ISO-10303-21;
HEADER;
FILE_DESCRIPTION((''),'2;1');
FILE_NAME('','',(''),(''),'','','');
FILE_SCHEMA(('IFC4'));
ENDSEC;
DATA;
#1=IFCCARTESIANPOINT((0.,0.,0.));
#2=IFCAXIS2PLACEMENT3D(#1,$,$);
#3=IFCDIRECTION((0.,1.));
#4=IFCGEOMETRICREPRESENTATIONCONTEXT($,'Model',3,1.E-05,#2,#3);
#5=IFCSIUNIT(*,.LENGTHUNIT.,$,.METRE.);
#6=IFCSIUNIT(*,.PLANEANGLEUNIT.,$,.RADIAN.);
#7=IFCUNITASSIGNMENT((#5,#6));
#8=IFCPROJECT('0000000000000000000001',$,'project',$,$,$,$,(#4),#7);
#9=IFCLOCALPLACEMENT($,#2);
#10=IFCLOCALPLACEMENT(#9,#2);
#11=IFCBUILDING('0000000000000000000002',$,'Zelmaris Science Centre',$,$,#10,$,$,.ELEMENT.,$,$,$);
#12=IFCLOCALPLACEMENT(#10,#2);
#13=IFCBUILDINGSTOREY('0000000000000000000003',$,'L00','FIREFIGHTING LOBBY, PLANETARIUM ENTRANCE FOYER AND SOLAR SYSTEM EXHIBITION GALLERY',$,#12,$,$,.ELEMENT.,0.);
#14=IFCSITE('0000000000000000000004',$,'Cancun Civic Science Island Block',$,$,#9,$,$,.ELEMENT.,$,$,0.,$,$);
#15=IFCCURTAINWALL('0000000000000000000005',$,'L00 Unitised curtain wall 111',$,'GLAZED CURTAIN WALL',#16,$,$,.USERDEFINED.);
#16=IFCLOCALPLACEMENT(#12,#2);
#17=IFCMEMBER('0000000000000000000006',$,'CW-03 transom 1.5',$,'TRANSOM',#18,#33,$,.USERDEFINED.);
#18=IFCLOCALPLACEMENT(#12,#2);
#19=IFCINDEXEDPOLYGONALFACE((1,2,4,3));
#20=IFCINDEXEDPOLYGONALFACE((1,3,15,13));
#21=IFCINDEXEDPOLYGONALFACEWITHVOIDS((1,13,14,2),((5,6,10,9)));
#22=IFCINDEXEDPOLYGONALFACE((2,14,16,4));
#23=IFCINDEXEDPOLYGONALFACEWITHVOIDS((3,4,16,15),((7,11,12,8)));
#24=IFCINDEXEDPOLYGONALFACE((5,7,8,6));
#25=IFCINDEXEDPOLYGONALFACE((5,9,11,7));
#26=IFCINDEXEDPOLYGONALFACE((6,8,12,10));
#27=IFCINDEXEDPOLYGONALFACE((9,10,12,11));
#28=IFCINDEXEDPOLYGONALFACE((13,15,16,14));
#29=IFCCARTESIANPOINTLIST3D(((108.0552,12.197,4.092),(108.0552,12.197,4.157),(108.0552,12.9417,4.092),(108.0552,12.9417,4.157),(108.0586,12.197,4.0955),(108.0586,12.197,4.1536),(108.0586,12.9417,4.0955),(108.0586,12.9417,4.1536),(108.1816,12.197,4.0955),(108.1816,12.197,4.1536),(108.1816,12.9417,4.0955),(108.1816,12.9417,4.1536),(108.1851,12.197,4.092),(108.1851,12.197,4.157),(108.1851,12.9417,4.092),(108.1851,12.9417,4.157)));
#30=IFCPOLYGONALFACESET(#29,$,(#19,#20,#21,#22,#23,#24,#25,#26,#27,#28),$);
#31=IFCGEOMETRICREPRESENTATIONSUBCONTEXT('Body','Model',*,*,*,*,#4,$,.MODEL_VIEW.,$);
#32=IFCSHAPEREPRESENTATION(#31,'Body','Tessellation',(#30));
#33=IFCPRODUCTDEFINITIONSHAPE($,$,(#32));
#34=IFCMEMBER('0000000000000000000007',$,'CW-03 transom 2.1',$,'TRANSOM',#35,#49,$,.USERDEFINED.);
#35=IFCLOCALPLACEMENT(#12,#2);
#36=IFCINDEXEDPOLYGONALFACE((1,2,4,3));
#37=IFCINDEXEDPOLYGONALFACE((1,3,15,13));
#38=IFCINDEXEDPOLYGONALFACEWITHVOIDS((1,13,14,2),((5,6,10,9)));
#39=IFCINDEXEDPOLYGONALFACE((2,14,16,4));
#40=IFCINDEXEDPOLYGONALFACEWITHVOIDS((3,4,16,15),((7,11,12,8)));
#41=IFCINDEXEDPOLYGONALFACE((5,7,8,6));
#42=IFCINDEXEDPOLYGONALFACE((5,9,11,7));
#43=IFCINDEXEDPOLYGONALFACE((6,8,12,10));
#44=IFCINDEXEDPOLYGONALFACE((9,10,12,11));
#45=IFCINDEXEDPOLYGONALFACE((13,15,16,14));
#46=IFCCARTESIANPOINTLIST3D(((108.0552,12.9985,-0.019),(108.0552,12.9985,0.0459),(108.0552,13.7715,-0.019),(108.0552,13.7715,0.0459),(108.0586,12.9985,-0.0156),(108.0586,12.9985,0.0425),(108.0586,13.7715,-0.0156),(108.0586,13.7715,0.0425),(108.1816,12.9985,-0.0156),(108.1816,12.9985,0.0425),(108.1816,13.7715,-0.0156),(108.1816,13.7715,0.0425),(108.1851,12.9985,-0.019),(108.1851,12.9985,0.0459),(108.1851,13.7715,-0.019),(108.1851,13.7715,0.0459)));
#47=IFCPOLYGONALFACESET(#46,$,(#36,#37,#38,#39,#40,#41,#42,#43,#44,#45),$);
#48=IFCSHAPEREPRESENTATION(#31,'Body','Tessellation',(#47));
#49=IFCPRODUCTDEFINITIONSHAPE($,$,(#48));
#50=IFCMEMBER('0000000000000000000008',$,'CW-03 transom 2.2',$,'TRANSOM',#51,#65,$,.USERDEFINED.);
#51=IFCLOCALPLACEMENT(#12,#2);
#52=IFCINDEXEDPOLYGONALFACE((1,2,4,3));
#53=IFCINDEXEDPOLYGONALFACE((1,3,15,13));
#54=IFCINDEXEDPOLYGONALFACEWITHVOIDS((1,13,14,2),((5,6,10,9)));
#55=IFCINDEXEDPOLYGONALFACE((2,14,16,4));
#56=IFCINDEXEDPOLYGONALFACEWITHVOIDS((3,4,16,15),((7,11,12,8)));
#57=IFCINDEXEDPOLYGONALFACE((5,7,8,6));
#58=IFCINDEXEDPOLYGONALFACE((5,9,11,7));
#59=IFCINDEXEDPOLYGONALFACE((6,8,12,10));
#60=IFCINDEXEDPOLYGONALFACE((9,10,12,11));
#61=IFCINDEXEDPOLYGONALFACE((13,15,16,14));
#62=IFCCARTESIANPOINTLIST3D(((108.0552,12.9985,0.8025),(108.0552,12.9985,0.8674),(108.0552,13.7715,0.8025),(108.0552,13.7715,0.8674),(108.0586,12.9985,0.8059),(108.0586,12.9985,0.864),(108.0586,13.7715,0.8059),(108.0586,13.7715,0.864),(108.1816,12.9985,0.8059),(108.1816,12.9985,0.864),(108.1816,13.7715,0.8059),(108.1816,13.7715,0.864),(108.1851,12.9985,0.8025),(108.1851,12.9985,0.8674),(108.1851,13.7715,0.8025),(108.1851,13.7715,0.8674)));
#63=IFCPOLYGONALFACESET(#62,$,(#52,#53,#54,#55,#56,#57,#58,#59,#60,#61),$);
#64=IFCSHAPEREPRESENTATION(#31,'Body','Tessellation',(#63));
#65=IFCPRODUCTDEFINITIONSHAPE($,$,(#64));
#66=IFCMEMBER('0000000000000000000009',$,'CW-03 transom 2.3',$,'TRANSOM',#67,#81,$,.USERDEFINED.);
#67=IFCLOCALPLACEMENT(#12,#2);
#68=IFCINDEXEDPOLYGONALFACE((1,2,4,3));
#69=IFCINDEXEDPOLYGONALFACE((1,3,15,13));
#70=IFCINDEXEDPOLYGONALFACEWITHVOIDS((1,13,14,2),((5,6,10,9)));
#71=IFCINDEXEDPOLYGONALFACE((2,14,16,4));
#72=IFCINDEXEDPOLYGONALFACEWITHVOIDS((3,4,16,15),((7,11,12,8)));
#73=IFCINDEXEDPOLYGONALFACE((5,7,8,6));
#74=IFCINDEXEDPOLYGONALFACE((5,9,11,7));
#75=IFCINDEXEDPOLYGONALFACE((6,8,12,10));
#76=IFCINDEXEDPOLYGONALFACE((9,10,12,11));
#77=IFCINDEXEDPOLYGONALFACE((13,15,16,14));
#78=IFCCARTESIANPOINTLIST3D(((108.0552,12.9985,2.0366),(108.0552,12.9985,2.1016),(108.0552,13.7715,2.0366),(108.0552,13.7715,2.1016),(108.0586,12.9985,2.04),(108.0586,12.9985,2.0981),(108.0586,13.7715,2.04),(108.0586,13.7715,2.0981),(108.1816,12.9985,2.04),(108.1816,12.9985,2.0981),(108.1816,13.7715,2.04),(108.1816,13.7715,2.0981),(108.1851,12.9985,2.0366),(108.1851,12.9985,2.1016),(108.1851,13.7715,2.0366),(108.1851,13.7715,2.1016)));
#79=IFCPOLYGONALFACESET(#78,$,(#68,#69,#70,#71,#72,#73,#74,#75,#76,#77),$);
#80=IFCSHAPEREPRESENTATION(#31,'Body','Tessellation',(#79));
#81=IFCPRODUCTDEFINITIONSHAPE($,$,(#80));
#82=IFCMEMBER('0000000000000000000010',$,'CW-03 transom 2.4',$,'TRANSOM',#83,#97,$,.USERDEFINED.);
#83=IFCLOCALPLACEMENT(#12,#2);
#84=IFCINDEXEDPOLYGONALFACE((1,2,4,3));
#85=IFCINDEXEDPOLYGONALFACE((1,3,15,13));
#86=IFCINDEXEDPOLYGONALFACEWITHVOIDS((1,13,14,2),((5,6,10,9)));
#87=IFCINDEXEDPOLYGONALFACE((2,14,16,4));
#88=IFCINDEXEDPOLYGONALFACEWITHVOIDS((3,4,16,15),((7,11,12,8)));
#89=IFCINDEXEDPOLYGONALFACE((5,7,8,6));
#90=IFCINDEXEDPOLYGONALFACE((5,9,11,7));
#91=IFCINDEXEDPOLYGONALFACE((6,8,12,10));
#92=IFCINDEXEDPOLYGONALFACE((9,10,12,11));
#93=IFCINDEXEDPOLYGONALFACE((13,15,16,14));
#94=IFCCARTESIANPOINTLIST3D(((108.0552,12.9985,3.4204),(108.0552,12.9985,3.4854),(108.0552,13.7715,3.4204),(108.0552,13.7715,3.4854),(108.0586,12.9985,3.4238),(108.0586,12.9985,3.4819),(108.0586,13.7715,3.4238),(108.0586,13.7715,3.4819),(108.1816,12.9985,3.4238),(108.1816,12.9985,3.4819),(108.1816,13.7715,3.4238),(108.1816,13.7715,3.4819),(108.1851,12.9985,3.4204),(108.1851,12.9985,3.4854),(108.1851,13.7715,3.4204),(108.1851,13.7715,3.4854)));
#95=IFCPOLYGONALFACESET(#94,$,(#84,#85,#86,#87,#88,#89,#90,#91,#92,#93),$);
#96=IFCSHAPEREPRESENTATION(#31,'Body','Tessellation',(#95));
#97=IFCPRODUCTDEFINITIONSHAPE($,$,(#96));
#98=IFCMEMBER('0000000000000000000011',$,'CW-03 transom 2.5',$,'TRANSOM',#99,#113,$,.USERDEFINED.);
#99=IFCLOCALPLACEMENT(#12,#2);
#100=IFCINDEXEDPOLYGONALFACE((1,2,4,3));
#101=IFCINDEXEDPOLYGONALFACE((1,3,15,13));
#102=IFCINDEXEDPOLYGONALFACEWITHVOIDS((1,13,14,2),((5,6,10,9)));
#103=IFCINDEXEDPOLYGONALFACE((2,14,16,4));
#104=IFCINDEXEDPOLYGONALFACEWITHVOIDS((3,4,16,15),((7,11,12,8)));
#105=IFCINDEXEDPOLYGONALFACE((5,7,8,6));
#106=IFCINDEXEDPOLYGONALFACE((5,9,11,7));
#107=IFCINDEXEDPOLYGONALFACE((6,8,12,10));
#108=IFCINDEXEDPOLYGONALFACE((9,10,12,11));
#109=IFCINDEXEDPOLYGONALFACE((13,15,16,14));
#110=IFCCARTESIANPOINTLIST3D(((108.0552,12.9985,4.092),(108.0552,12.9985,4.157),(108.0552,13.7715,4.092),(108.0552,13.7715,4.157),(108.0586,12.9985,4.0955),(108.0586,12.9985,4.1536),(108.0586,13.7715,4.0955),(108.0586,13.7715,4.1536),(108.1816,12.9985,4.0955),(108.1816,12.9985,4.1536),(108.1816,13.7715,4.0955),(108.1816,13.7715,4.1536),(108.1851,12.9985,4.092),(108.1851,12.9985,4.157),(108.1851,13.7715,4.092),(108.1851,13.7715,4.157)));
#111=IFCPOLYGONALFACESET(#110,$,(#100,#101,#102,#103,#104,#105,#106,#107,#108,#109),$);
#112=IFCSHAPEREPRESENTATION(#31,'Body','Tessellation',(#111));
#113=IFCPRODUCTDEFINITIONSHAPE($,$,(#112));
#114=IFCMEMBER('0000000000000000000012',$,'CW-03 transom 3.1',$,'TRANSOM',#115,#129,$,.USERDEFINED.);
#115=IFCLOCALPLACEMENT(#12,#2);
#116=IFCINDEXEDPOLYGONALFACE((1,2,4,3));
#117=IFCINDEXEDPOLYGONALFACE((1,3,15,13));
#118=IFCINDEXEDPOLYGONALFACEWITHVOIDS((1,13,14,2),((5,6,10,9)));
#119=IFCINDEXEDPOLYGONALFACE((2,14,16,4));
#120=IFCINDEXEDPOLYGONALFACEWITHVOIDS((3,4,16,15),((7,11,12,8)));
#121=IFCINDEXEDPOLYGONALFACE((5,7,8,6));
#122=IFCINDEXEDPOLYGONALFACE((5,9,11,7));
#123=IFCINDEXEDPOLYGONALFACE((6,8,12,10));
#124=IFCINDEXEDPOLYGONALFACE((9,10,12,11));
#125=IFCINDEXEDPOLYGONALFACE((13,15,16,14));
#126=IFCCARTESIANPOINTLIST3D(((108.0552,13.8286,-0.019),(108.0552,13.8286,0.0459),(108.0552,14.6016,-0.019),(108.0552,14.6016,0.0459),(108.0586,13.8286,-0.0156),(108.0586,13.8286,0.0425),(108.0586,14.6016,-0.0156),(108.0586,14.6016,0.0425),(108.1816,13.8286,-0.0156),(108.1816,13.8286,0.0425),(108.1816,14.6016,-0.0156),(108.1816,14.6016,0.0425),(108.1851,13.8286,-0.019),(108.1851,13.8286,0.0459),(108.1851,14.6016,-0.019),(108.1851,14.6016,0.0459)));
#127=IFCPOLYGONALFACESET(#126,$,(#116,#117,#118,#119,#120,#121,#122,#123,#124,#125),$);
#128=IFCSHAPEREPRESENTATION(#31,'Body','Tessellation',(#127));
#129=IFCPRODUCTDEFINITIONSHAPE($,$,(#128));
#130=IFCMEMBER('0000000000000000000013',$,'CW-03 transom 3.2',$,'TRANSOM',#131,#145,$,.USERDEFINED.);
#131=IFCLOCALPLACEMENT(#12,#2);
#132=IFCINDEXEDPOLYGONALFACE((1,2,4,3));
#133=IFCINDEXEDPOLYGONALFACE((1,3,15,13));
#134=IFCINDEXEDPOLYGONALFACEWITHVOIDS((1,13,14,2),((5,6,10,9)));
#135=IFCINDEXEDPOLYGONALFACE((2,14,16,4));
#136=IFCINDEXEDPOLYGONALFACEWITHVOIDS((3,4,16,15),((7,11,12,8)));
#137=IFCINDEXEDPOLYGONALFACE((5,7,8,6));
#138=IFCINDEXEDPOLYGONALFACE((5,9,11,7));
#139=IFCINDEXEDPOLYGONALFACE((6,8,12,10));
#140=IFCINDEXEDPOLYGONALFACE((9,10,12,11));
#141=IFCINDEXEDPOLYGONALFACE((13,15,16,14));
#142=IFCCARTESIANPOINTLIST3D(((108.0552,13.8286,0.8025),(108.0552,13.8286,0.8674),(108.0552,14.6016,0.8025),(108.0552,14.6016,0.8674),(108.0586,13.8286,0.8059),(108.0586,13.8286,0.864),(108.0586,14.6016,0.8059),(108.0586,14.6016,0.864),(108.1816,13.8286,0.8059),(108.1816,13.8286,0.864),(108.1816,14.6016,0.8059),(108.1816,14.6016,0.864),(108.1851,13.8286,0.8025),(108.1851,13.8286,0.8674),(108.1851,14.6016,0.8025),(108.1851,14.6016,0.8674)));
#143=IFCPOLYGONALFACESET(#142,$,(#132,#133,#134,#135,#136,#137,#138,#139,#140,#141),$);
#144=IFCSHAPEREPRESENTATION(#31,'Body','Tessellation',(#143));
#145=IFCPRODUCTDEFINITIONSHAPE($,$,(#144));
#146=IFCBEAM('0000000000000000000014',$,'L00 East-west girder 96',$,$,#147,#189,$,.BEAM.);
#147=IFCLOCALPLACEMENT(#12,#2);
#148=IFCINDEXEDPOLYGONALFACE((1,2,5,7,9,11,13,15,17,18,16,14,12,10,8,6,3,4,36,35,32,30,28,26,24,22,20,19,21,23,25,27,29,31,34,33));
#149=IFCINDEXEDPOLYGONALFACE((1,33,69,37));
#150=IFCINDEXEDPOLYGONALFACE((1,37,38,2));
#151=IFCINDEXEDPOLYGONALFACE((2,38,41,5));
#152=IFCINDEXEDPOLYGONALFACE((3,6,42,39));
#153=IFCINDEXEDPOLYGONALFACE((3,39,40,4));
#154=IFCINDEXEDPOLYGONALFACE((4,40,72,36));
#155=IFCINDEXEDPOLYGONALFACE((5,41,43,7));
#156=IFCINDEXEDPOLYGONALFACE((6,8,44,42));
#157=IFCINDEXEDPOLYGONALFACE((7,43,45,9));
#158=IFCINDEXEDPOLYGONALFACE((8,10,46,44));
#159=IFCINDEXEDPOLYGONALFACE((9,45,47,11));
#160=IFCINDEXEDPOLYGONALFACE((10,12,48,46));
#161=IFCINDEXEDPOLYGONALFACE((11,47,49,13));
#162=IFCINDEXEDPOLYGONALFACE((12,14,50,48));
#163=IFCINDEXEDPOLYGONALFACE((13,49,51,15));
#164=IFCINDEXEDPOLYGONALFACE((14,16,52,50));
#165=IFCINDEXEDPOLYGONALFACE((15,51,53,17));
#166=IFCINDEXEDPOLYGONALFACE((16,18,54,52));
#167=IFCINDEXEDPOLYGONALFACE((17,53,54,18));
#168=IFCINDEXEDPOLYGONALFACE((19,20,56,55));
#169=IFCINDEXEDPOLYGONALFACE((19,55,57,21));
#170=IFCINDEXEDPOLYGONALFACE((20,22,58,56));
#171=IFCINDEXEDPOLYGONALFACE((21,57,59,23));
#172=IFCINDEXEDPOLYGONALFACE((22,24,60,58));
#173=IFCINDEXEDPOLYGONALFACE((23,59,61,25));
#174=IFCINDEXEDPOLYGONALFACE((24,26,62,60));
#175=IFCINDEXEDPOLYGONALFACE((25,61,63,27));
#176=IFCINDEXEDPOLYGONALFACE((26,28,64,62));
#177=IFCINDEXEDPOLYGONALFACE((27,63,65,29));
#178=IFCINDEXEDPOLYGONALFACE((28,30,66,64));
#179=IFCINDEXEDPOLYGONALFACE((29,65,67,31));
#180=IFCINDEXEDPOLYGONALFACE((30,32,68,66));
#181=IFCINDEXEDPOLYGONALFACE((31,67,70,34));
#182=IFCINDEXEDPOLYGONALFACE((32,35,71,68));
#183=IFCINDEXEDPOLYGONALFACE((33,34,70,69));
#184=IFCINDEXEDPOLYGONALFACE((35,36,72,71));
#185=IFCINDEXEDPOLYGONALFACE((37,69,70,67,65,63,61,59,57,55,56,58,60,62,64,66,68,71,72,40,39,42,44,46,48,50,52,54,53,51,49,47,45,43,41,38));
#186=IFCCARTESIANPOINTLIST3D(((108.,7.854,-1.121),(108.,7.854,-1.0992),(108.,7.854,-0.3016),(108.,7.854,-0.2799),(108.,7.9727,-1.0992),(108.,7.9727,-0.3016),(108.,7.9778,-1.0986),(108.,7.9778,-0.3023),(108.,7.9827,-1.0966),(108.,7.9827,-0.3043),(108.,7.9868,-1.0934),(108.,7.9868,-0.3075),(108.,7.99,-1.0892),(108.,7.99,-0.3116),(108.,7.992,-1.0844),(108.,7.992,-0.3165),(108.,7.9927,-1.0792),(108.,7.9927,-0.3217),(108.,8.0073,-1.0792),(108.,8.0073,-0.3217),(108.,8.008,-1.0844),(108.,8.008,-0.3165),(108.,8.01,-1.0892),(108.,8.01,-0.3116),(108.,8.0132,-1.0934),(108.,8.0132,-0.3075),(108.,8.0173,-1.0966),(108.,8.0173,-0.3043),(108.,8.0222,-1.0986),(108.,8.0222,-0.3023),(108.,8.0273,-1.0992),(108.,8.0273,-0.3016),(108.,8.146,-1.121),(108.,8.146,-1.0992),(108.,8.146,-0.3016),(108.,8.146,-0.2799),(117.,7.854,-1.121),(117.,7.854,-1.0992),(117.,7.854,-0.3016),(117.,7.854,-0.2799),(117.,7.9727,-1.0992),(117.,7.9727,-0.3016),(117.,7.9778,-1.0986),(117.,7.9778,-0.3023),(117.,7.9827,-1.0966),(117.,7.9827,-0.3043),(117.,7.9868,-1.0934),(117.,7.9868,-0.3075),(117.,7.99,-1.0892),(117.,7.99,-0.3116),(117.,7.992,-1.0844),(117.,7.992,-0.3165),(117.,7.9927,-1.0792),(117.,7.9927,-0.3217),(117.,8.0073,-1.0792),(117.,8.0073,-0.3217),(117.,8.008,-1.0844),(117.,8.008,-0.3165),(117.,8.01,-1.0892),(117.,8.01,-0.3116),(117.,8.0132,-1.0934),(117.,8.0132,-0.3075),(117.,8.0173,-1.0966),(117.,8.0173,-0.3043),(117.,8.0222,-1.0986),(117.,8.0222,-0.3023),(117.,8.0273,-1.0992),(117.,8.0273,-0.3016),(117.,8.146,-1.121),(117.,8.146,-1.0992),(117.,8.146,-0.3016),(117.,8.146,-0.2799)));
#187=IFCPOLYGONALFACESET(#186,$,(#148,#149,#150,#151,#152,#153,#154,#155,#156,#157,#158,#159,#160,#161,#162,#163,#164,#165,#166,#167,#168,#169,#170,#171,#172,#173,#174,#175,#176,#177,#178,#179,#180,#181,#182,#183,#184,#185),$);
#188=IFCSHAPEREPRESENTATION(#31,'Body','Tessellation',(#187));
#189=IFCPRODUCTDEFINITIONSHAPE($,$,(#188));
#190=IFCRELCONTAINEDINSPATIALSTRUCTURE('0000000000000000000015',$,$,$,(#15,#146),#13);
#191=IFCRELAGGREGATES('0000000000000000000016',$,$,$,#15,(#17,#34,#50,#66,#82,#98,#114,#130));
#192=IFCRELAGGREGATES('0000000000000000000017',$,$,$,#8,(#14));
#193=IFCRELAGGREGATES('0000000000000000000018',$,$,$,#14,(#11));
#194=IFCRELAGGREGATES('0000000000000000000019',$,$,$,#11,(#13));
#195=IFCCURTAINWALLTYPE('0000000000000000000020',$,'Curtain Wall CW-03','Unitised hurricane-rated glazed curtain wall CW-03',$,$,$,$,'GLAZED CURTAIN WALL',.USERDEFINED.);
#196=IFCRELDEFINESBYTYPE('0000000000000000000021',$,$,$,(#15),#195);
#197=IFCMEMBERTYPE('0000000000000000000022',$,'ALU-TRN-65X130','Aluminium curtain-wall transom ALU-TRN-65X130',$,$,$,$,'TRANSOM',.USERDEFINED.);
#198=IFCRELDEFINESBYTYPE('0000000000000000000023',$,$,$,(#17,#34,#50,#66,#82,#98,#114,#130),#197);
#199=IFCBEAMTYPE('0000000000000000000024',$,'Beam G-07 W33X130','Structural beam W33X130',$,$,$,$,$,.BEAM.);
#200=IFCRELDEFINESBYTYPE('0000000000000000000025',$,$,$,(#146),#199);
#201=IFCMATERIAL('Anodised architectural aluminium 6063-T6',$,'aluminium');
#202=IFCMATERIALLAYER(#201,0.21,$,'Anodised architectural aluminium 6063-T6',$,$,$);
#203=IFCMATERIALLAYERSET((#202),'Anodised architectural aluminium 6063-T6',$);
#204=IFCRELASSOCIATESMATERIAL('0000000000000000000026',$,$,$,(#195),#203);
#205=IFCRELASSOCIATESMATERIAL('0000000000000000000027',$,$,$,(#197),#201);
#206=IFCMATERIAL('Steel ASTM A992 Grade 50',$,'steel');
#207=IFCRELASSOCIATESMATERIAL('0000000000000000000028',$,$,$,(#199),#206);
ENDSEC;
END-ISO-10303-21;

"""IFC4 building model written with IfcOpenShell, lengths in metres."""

from ifc_helpers import new_model, si_unit, direction, frame, origin, origin_2d, place, context, subcontext, project, spatial, hollow_rectangle, i_section, extrude, material, layer, layer_set, material_profile, profile_set, type_object, element, aggregate, save


model = new_model("IFC4")

# Units and contexts
model_context = context("Model", 3, precision=1e-05, world=origin(), true_north=direction((0.0, 1.0)))
body_context = subcontext(model_context, "Body", "Model", "MODEL_VIEW")
ifc_project = project(units=[si_unit("LENGTHUNIT", "METRE"), si_unit("PLANEANGLEUNIT", "RADIAN")], contexts=[model_context])

# Site, building, storey
site_placement = place(None, origin())
site = spatial("IfcSite", under=ifc_project, at=site_placement, Name="Cancun Civic Science Island Block", CompositionType="ELEMENT", RefElevation=0.0)
building_placement = place(site_placement, origin())
building = spatial("IfcBuilding", under=site, at=building_placement, Name="Zelmaris Science Centre", CompositionType="ELEMENT")
storey_placement = place(building_placement, origin())
storey = spatial("IfcBuildingStorey", under=building, at=storey_placement, Name="L00", Description="FIREFIGHTING LOBBY, PLANETARIUM ENTRANCE FOYER AND SOLAR SYSTEM EXHIBITION GALLERY", CompositionType="ELEMENT", Elevation=0.0)

# Curtain wall
ifc_material_1 = material(Name="Anodised architectural aluminium 6063-T6", Category="aluminium")
ifc_layer_1 = layer(ifc_material_1, 0.21, Name="Anodised architectural aluminium 6063-T6")
ifc_layer_set_1 = layer_set([ifc_layer_1], Name="Anodised architectural aluminium 6063-T6")
curtain_wall_type_1 = type_object("IfcCurtainWallType", Name="Curtain Wall CW-03", Description="Unitised hurricane-rated glazed curtain wall CW-03", ElementType="GLAZED CURTAIN WALL", PredefinedType="USERDEFINED", material=ifc_layer_set_1)
curtain_wall_1_placement = place(storey_placement, origin())
curtain_wall_1 = element("IfcCurtainWall", 1, at=curtain_wall_1_placement, inside=storey, type_object=curtain_wall_type_1, Name="L00 Unitised curtain wall 111", ObjectType="GLAZED CURTAIN WALL", PredefinedType="USERDEFINED")

# Members
ifc_material_profile_1 = material_profile(ifc_material_1, hollow_rectangle(XDim=0.0649, YDim=0.1299, WallThickness=0.0034, at=origin_2d()), Name="ALU-TRN-65X130")
ifc_profile_set_1 = profile_set([ifc_material_profile_1], Name="Anodised architectural aluminium 6063-T6")
member_type_1 = type_object("IfcMemberType", Name="ALU-TRN-65X130", Description="Aluminium curtain-wall transom ALU-TRN-65X130", ElementType="TRANSOM", PredefinedType="USERDEFINED", material=ifc_profile_set_1)
member_1_placement = place(storey_placement, frame((108.1201, 12.197, 4.1245), z_axis=(0.0, 1.0, 0.0), x_axis=(0.0, 0.0, 1.0)))
member_1 = element("IfcMember", 2, at=member_1_placement, type_object=member_type_1, Name="CW-03 transom 1.5", ObjectType="TRANSOM", PredefinedType="USERDEFINED", context=body_context, shape_type="SweptSolid", body=[
    extrude(hollow_rectangle(XDim=0.0649, YDim=0.1299, WallThickness=0.0034, at=origin_2d()), origin(), (0.0, 0.0, 1.0), 0.7446),
])
member_2_placement = place(storey_placement, frame((108.1201, 12.9985, 0.0134), z_axis=(0.0, 1.0, 0.0), x_axis=(0.0, 0.0, 1.0)))
member_2 = element("IfcMember", 3, at=member_2_placement, type_object=member_type_1, Name="CW-03 transom 2.1", ObjectType="TRANSOM", PredefinedType="USERDEFINED", context=body_context, shape_type="SweptSolid", body=[
    extrude(hollow_rectangle(XDim=0.0649, YDim=0.1299, WallThickness=0.0034, at=origin_2d()), origin(), (0.0, 0.0, 1.0), 0.7729),
])
member_3_placement = place(storey_placement, frame((108.1201, 12.9985, 0.835), z_axis=(0.0, 1.0, 0.0), x_axis=(0.0, 0.0, 1.0)))
member_3 = element("IfcMember", 4, at=member_3_placement, type_object=member_type_1, Name="CW-03 transom 2.2", ObjectType="TRANSOM", PredefinedType="USERDEFINED", context=body_context, shape_type="SweptSolid", body=[
    extrude(hollow_rectangle(XDim=0.0649, YDim=0.1299, WallThickness=0.0034, at=origin_2d()), origin(), (0.0, 0.0, 1.0), 0.7729),
])
member_4_placement = place(storey_placement, frame((108.1201, 12.9985, 2.0691), z_axis=(0.0, 1.0, 0.0), x_axis=(0.0, 0.0, 1.0)))
member_4 = element("IfcMember", 5, at=member_4_placement, type_object=member_type_1, Name="CW-03 transom 2.3", ObjectType="TRANSOM", PredefinedType="USERDEFINED", context=body_context, shape_type="SweptSolid", body=[
    extrude(hollow_rectangle(XDim=0.0649, YDim=0.1299, WallThickness=0.0034, at=origin_2d()), origin(), (0.0, 0.0, 1.0), 0.7729),
])
member_5_placement = place(storey_placement, frame((108.1201, 12.9985, 3.4529), z_axis=(0.0, 1.0, 0.0), x_axis=(0.0, 0.0, 1.0)))
member_5 = element("IfcMember", 6, at=member_5_placement, type_object=member_type_1, Name="CW-03 transom 2.4", ObjectType="TRANSOM", PredefinedType="USERDEFINED", context=body_context, shape_type="SweptSolid", body=[
    extrude(hollow_rectangle(XDim=0.0649, YDim=0.1299, WallThickness=0.0034, at=origin_2d()), origin(), (0.0, 0.0, 1.0), 0.7729),
])
member_6_placement = place(storey_placement, frame((108.1201, 12.9985, 4.1245), z_axis=(0.0, 1.0, 0.0), x_axis=(0.0, 0.0, 1.0)))
member_6 = element("IfcMember", 7, at=member_6_placement, type_object=member_type_1, Name="CW-03 transom 2.5", ObjectType="TRANSOM", PredefinedType="USERDEFINED", context=body_context, shape_type="SweptSolid", body=[
    extrude(hollow_rectangle(XDim=0.0649, YDim=0.1299, WallThickness=0.0034, at=origin_2d()), origin(), (0.0, 0.0, 1.0), 0.7729),
])
member_7_placement = place(storey_placement, frame((108.1201, 13.8286, 0.0134), z_axis=(0.0, 1.0, 0.0), x_axis=(0.0, 0.0, 1.0)))
member_7 = element("IfcMember", 8, at=member_7_placement, type_object=member_type_1, Name="CW-03 transom 3.1", ObjectType="TRANSOM", PredefinedType="USERDEFINED", context=body_context, shape_type="SweptSolid", body=[
    extrude(hollow_rectangle(XDim=0.0649, YDim=0.1299, WallThickness=0.0034, at=origin_2d()), origin(), (0.0, 0.0, 1.0), 0.7729),
])
member_8_placement = place(storey_placement, frame((108.1201, 13.8286, 0.835), z_axis=(0.0, 1.0, 0.0), x_axis=(0.0, 0.0, 1.0)))
member_8 = element("IfcMember", 9, at=member_8_placement, type_object=member_type_1, Name="CW-03 transom 3.2", ObjectType="TRANSOM", PredefinedType="USERDEFINED", context=body_context, shape_type="SweptSolid", body=[
    extrude(hollow_rectangle(XDim=0.0649, YDim=0.1299, WallThickness=0.0034, at=origin_2d()), origin(), (0.0, 0.0, 1.0), 0.7729),
])

# Beam
ifc_material_2 = material(Name="Steel ASTM A992 Grade 50", Category="steel")
ifc_material_profile_2 = material_profile(ifc_material_2, i_section(OverallWidth=0.292, OverallDepth=0.8411, WebThickness=0.0146, FlangeThickness=0.0217, FilletRadius=0.02, at=origin_2d()), Name="W33X130")
ifc_profile_set_2 = profile_set([ifc_material_profile_2], Name="Steel ASTM A992 Grade 50")
beam_type_1 = type_object("IfcBeamType", Name="Beam G-07 W33X130", Description="Structural beam W33X130", PredefinedType="BEAM", material=ifc_profile_set_2)
beam_1_placement = place(storey_placement, frame((108.0, 8.0, -0.7004), z_axis=(1.0, 0.0, 0.0), x_axis=(0.0, 1.0, 0.0)))
element("IfcBeam", 10, at=beam_1_placement, inside=storey, type_object=beam_type_1, Name="L00 East-west girder 96", PredefinedType="BEAM", context=body_context, shape_type="SweptSolid", body=[
    extrude(i_section(OverallWidth=0.292, OverallDepth=0.8411, WebThickness=0.0146, FlangeThickness=0.0217, FilletRadius=0.02, at=origin_2d()), origin(), (0.0, 0.0, 1.0), 9.0),
])

aggregate(curtain_wall_1, [member_1, member_2, member_3, member_4, member_5, member_6, member_7, member_8])

save(model, "model.ifc")
